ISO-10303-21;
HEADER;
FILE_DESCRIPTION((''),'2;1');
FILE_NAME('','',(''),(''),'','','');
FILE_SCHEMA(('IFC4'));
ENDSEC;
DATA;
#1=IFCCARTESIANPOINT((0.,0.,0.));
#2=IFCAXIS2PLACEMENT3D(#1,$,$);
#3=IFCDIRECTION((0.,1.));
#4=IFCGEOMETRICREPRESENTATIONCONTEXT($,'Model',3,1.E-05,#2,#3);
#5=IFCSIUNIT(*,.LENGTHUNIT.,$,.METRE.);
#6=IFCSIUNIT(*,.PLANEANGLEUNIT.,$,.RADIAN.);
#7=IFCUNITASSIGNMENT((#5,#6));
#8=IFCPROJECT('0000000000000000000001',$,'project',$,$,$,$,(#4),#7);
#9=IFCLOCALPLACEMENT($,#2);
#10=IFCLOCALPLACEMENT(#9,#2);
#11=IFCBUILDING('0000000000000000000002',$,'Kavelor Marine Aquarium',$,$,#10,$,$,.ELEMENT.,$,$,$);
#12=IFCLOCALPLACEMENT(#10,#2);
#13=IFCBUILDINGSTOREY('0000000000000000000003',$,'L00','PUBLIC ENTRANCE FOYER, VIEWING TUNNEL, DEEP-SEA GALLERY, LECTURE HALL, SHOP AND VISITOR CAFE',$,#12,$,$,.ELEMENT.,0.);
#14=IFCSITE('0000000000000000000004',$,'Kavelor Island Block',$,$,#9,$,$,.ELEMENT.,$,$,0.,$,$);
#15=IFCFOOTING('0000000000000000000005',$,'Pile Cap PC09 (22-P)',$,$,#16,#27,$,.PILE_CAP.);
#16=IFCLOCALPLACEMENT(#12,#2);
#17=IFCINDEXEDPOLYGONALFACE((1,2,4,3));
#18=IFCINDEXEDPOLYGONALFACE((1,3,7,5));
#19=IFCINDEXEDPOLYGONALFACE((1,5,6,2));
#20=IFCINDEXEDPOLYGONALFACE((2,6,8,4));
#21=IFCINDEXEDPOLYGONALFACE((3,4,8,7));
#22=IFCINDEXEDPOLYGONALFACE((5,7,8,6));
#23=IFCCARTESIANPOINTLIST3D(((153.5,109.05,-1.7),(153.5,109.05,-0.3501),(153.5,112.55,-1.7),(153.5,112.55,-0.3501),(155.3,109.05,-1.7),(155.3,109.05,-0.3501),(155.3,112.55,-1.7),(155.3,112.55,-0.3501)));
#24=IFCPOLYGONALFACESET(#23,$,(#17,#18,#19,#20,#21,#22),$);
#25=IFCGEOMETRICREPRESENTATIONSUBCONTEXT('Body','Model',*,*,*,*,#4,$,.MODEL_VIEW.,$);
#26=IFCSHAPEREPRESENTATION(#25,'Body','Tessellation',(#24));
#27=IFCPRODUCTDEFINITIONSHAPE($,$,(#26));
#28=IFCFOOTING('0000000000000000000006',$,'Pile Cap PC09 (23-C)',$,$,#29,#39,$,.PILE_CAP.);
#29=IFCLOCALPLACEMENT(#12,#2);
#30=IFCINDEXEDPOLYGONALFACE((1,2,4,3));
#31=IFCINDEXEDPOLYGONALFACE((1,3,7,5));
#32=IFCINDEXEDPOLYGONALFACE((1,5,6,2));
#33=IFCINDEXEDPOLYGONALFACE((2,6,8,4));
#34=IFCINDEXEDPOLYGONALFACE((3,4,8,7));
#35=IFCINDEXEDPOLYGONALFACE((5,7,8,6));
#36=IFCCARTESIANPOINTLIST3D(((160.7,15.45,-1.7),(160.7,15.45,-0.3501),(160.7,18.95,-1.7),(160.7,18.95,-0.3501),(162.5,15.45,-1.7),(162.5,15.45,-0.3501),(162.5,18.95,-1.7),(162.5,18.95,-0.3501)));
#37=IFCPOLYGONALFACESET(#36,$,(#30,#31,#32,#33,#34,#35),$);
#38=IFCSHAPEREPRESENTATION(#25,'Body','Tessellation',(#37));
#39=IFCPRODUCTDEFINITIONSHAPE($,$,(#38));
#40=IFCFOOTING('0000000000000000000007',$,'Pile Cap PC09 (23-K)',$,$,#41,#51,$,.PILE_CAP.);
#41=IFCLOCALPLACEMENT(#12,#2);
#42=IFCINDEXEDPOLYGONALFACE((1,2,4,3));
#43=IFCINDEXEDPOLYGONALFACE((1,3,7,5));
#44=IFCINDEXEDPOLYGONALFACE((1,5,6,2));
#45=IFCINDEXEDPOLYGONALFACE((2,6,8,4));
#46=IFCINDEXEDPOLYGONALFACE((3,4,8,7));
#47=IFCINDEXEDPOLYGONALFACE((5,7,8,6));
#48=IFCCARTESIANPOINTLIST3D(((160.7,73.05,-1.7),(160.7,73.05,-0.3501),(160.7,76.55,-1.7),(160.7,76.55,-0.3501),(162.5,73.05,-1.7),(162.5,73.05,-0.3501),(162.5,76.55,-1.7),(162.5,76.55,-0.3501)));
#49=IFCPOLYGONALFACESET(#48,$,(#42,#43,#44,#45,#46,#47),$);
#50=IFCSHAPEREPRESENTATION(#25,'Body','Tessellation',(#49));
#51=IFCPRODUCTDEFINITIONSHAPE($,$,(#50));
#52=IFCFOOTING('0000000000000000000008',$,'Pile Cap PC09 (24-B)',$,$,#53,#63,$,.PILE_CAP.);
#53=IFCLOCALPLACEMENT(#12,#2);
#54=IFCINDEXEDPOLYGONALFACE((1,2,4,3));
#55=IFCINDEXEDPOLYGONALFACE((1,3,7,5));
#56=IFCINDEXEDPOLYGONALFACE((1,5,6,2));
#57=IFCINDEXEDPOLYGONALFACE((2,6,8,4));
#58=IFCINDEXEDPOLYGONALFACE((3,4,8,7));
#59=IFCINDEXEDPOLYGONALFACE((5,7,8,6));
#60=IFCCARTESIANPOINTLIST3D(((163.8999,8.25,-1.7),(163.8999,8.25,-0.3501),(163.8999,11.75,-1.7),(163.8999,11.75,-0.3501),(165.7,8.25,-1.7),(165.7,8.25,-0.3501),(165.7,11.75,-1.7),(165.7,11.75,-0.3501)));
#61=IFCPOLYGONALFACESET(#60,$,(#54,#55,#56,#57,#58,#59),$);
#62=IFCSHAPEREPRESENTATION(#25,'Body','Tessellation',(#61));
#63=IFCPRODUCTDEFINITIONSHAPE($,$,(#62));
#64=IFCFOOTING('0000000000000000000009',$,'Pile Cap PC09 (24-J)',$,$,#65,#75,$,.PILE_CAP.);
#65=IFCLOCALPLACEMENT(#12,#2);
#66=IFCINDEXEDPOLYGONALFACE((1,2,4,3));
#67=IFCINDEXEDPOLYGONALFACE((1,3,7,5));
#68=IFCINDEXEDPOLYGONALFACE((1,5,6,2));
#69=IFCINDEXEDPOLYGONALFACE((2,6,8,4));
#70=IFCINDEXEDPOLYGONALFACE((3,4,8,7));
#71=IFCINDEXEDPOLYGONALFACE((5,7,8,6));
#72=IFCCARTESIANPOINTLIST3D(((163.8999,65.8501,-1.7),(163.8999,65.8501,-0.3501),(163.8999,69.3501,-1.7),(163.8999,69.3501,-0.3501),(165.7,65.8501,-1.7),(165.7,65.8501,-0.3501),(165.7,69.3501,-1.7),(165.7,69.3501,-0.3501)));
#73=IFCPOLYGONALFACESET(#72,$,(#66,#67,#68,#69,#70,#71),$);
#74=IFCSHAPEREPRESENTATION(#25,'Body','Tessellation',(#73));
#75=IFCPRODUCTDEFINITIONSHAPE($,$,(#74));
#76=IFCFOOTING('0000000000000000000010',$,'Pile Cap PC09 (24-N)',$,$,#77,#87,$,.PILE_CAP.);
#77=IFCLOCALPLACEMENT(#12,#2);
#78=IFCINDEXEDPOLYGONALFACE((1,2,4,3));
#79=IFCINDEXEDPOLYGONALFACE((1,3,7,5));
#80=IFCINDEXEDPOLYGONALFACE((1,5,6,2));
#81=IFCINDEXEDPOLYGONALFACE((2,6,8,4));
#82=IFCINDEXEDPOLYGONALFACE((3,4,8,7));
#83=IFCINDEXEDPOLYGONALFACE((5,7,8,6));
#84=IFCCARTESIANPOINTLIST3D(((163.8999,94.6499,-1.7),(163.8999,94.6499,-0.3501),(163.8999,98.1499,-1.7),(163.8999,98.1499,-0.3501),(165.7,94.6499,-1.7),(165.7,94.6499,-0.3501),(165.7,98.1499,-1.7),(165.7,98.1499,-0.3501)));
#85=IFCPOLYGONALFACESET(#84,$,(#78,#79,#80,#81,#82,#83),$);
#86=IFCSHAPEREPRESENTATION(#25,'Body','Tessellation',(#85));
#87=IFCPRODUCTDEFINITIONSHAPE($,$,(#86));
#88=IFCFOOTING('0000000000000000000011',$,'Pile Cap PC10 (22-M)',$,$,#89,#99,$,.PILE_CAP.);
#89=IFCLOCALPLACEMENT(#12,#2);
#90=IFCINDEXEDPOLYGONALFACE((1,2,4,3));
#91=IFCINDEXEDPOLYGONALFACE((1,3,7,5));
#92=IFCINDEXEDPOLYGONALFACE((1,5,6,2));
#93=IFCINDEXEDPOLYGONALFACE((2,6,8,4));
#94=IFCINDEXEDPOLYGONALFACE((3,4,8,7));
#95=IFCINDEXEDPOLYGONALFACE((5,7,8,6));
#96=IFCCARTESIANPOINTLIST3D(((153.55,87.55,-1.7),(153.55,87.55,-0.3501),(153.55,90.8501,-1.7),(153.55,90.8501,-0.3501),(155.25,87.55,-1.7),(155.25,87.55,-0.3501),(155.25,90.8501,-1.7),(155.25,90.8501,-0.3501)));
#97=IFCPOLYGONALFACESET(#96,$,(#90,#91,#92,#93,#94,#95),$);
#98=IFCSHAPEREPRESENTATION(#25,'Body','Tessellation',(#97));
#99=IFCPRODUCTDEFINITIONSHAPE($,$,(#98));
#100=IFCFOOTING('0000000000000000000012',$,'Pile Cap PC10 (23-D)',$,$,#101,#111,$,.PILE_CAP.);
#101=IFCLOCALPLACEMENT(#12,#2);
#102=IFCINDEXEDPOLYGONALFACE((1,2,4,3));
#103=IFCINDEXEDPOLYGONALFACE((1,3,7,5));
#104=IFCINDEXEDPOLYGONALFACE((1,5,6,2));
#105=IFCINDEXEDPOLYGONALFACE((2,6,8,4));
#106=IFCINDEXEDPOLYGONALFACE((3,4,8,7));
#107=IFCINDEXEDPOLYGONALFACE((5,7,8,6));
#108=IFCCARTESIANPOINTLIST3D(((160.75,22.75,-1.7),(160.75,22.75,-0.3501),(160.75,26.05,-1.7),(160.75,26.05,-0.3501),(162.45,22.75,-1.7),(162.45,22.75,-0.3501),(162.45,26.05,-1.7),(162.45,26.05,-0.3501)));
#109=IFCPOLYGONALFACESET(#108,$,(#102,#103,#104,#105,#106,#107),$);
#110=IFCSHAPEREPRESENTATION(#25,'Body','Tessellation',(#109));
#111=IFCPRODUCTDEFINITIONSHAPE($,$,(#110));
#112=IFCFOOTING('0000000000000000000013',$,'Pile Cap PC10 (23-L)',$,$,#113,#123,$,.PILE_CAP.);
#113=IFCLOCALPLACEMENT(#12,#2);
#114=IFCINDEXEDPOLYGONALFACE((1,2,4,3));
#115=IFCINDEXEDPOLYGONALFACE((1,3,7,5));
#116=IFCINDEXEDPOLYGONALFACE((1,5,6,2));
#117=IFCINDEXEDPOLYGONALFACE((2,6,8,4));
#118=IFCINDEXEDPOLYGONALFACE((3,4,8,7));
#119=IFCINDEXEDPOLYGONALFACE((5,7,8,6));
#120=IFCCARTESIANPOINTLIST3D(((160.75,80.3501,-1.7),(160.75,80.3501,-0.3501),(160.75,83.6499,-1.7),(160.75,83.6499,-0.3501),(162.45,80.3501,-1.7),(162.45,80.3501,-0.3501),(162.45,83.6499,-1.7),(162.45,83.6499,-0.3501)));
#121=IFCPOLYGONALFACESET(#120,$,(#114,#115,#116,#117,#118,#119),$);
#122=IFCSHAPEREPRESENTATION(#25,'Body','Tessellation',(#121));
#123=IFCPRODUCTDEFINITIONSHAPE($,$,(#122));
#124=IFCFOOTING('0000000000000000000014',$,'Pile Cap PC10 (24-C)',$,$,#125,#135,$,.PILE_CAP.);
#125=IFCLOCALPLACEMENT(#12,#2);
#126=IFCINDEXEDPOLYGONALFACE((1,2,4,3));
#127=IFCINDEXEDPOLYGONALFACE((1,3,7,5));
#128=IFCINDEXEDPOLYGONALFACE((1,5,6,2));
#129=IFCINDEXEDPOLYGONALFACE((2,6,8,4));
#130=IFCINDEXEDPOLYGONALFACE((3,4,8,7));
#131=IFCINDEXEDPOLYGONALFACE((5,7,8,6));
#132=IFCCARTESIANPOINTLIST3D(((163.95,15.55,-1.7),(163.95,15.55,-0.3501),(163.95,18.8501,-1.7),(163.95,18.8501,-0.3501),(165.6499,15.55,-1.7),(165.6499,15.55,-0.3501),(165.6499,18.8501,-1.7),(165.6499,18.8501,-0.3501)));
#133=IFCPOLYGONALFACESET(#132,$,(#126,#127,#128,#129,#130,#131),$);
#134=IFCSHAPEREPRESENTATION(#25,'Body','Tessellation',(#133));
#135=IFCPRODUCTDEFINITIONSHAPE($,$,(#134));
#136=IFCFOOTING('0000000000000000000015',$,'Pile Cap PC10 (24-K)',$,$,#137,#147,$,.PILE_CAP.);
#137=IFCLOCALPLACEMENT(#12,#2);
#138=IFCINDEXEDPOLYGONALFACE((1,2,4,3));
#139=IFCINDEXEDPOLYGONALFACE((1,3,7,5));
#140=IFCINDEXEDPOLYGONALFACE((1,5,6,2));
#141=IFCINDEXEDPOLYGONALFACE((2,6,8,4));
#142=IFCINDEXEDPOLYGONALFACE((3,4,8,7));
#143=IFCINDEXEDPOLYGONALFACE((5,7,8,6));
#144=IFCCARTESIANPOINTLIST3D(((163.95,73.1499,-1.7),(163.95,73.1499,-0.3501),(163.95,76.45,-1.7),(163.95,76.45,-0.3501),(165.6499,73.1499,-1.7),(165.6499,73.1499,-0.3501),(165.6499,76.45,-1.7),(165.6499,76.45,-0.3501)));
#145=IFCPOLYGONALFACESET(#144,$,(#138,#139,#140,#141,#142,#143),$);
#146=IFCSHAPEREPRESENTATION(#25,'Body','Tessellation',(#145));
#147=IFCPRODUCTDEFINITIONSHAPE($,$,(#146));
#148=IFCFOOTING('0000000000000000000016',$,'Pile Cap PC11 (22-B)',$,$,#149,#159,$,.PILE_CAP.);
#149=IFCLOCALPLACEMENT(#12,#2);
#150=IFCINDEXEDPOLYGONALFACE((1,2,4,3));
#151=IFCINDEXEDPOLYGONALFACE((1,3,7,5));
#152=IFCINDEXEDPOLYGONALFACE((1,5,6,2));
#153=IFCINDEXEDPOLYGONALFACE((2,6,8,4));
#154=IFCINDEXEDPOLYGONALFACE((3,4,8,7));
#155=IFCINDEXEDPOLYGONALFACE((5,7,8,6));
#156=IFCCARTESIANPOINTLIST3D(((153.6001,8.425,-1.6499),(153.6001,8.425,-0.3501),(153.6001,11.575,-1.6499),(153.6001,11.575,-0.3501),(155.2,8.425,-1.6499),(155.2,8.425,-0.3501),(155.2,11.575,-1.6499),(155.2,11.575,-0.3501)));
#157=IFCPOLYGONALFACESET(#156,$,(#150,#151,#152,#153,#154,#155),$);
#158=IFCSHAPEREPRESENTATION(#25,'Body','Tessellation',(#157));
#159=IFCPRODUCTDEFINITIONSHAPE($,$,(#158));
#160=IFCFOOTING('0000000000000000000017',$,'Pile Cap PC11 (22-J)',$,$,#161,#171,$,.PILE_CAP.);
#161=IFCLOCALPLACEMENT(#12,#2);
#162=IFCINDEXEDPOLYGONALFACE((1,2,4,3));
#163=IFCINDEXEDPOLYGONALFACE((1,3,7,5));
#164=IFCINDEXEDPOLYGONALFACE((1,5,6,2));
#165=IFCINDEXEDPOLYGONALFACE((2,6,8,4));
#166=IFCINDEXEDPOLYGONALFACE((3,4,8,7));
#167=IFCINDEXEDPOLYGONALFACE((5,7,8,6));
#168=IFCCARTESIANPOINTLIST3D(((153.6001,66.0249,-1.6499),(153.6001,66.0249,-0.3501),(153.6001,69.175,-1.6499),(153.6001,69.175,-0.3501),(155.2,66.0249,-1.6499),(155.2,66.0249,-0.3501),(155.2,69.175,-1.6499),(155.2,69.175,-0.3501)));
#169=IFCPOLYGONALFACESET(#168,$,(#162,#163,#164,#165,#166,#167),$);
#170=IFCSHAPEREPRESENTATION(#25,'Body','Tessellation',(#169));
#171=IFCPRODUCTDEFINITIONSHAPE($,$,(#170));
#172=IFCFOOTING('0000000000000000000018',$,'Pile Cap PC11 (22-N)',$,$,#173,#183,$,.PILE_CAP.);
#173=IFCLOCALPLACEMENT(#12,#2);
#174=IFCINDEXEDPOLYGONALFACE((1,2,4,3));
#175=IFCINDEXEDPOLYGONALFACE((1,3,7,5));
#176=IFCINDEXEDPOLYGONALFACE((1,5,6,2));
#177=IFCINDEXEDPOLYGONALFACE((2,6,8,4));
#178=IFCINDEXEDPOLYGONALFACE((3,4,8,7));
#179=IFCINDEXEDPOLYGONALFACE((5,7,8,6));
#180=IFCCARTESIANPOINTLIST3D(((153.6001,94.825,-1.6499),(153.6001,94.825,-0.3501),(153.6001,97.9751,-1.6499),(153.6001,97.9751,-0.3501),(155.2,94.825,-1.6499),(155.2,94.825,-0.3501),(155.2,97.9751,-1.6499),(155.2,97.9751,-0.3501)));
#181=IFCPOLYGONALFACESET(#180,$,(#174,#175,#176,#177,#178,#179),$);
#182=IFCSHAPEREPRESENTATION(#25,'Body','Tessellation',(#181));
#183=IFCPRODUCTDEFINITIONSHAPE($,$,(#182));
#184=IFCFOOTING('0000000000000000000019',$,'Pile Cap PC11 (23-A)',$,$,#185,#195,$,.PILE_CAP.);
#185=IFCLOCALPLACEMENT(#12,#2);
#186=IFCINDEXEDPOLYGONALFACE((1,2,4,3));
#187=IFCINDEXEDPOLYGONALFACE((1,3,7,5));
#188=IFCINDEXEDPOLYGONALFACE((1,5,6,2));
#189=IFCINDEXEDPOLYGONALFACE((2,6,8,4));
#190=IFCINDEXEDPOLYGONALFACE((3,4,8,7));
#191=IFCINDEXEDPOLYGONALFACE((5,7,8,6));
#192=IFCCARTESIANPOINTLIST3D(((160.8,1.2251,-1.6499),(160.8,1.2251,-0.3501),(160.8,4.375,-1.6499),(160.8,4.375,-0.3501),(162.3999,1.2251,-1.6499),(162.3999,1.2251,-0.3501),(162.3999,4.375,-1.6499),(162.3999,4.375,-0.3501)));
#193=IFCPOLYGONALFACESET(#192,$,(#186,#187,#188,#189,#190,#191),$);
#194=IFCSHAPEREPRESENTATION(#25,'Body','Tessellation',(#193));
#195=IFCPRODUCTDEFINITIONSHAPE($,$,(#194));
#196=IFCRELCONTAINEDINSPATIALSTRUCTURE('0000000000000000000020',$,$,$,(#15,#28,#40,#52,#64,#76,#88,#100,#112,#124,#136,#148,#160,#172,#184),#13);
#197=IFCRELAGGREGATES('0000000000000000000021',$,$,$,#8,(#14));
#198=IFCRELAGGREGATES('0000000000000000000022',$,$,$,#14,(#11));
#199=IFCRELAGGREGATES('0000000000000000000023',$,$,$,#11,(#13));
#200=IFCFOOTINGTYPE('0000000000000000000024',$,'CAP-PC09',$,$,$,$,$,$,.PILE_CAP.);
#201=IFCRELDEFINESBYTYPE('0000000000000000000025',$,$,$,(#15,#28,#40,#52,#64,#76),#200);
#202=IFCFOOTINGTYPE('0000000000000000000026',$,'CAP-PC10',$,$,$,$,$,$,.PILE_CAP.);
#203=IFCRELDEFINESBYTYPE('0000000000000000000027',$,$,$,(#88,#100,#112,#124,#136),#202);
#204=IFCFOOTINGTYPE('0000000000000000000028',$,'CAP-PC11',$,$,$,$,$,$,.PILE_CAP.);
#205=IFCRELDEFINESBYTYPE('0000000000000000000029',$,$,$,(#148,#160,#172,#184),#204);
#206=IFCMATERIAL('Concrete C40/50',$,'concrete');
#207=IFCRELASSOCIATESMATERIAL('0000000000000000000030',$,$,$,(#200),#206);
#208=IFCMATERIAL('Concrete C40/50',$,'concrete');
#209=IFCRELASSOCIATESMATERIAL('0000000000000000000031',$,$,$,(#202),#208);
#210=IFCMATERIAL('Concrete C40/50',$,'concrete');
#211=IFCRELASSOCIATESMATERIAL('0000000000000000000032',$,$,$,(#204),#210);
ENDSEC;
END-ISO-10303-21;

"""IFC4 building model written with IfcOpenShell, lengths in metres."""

from ifc_helpers import new_model, si_unit, direction, frame, origin, place, context, subcontext, project, spatial, polyline, outline, extrude, material, type_object, element, save


model = new_model("IFC4")

# Units and contexts
model_context = context("Model", 3, precision=1e-05, world=origin(), true_north=direction((0.0, 1.0)))
body_context = subcontext(model_context, "Body", "Model", "MODEL_VIEW")
ifc_project = project(units=[si_unit("LENGTHUNIT", "METRE"), si_unit("PLANEANGLEUNIT", "RADIAN")], contexts=[model_context])

# Site, building, storey
site_placement = place(None, origin())
site = spatial("IfcSite", under=ifc_project, at=site_placement, Name="Kavelor Island Block", CompositionType="ELEMENT", RefElevation=0.0)
building_placement = place(site_placement, origin())
building = spatial("IfcBuilding", under=site, at=building_placement, Name="Kavelor Marine Aquarium", CompositionType="ELEMENT")
storey_placement = place(building_placement, origin())
storey = spatial("IfcBuildingStorey", under=building, at=storey_placement, Name="L00", Description="PUBLIC ENTRANCE FOYER, VIEWING TUNNEL, DEEP-SEA GALLERY, LECTURE HALL, SHOP AND VISITOR CAFE", CompositionType="ELEMENT", Elevation=0.0)

# Footings
ifc_material_1 = material(Name="Concrete C40/50", Category="concrete")
footing_type_1 = type_object("IfcFootingType", Name="CAP-PC09", PredefinedType="PILE_CAP", material=ifc_material_1)
footing_1_placement = place(storey_placement, frame((0.0, 0.0, -1.7)))
element("IfcFooting", 1, at=footing_1_placement, inside=storey, type_object=footing_type_1, Name="Pile Cap PC09 (22-P)", PredefinedType="PILE_CAP", context=body_context, shape_type="SweptSolid", body=[
    extrude(outline(polyline([(153.5, 109.05), (155.3, 109.05), (155.3, 112.55), (153.5, 112.55), (153.5, 109.05)])), origin(), (0.0, 0.0, 1.0), 1.3499),
])
footing_2_placement = place(storey_placement, frame((0.0, 0.0, -1.7)))
element("IfcFooting", 2, at=footing_2_placement, inside=storey, type_object=footing_type_1, Name="Pile Cap PC09 (23-C)", PredefinedType="PILE_CAP", context=body_context, shape_type="SweptSolid", body=[
    extrude(outline(polyline([(160.7, 15.45), (162.5, 15.45), (162.5, 18.95), (160.7, 18.95), (160.7, 15.45)])), origin(), (0.0, 0.0, 1.0), 1.3499),
])
footing_3_placement = place(storey_placement, frame((0.0, 0.0, -1.7)))
element("IfcFooting", 3, at=footing_3_placement, inside=storey, type_object=footing_type_1, Name="Pile Cap PC09 (23-K)", PredefinedType="PILE_CAP", context=body_context, shape_type="SweptSolid", body=[
    extrude(outline(polyline([(160.7, 73.05), (162.5, 73.05), (162.5, 76.55), (160.7, 76.55), (160.7, 73.05)])), origin(), (0.0, 0.0, 1.0), 1.3499),
])
footing_4_placement = place(storey_placement, frame((0.0, 0.0, -1.7)))
element("IfcFooting", 4, at=footing_4_placement, inside=storey, type_object=footing_type_1, Name="Pile Cap PC09 (24-B)", PredefinedType="PILE_CAP", context=body_context, shape_type="SweptSolid", body=[
    extrude(outline(polyline([(163.8999, 8.25), (165.7, 8.25), (165.7, 11.75), (163.8999, 11.75), (163.8999, 8.25)])), origin(), (0.0, 0.0, 1.0), 1.3499),
])
footing_5_placement = place(storey_placement, frame((0.0, 0.0, -1.7)))
element("IfcFooting", 5, at=footing_5_placement, inside=storey, type_object=footing_type_1, Name="Pile Cap PC09 (24-J)", PredefinedType="PILE_CAP", context=body_context, shape_type="SweptSolid", body=[
    extrude(outline(polyline([(163.8999, 65.8501), (165.7, 65.8501), (165.7, 69.3501), (163.8999, 69.3501), (163.8999, 65.8501)])), origin(), (0.0, 0.0, 1.0), 1.3499),
])
footing_6_placement = place(storey_placement, frame((0.0, 0.0, -1.7)))
element("IfcFooting", 6, at=footing_6_placement, inside=storey, type_object=footing_type_1, Name="Pile Cap PC09 (24-N)", PredefinedType="PILE_CAP", context=body_context, shape_type="SweptSolid", body=[
    extrude(outline(polyline([(163.8999, 94.6499), (165.7, 94.6499), (165.7, 98.1499), (163.8999, 98.1499), (163.8999, 94.6499)])), origin(), (0.0, 0.0, 1.0), 1.3499),
])
ifc_material_2 = material(Name="Concrete C40/50", Category="concrete")
footing_type_2 = type_object("IfcFootingType", Name="CAP-PC10", PredefinedType="PILE_CAP", material=ifc_material_2)
footing_7_placement = place(storey_placement, frame((0.0, 0.0, -1.7)))
element("IfcFooting", 7, at=footing_7_placement, inside=storey, type_object=footing_type_2, Name="Pile Cap PC10 (22-M)", PredefinedType="PILE_CAP", context=body_context, shape_type="SweptSolid", body=[
    extrude(outline(polyline([(153.55, 87.55), (155.25, 87.55), (155.25, 90.8501), (153.55, 90.8501), (153.55, 87.55)])), origin(), (0.0, 0.0, 1.0), 1.3499),
])
footing_8_placement = place(storey_placement, frame((0.0, 0.0, -1.7)))
element("IfcFooting", 8, at=footing_8_placement, inside=storey, type_object=footing_type_2, Name="Pile Cap PC10 (23-D)", PredefinedType="PILE_CAP", context=body_context, shape_type="SweptSolid", body=[
    extrude(outline(polyline([(160.75, 22.75), (162.45, 22.75), (162.45, 26.05), (160.75, 26.05), (160.75, 22.75)])), origin(), (0.0, 0.0, 1.0), 1.3499),
])
footing_9_placement = place(storey_placement, frame((0.0, 0.0, -1.7)))
element("IfcFooting", 9, at=footing_9_placement, inside=storey, type_object=footing_type_2, Name="Pile Cap PC10 (23-L)", PredefinedType="PILE_CAP", context=body_context, shape_type="SweptSolid", body=[
    extrude(outline(polyline([(160.75, 80.3501), (162.45, 80.3501), (162.45, 83.6499), (160.75, 83.6499), (160.75, 80.3501)])), origin(), (0.0, 0.0, 1.0), 1.3499),
])
footing_10_placement = place(storey_placement, frame((0.0, 0.0, -1.7)))
element("IfcFooting", 10, at=footing_10_placement, inside=storey, type_object=footing_type_2, Name="Pile Cap PC10 (24-C)", PredefinedType="PILE_CAP", context=body_context, shape_type="SweptSolid", body=[
    extrude(outline(polyline([(163.95, 15.55), (165.6499, 15.55), (165.6499, 18.8501), (163.95, 18.8501), (163.95, 15.55)])), origin(), (0.0, 0.0, 1.0), 1.3499),
])
footing_11_placement = place(storey_placement, frame((0.0, 0.0, -1.7)))
element("IfcFooting", 11, at=footing_11_placement, inside=storey, type_object=footing_type_2, Name="Pile Cap PC10 (24-K)", PredefinedType="PILE_CAP", context=body_context, shape_type="SweptSolid", body=[
    extrude(outline(polyline([(163.95, 73.1499), (165.6499, 73.1499), (165.6499, 76.45), (163.95, 76.45), (163.95, 73.1499)])), origin(), (0.0, 0.0, 1.0), 1.3499),
])
ifc_material_3 = material(Name="Concrete C40/50", Category="concrete")
footing_type_3 = type_object("IfcFootingType", Name="CAP-PC11", PredefinedType="PILE_CAP", material=ifc_material_3)
footing_12_placement = place(storey_placement, frame((0.0, 0.0, -1.6499)))
element("IfcFooting", 12, at=footing_12_placement, inside=storey, type_object=footing_type_3, Name="Pile Cap PC11 (22-B)", PredefinedType="PILE_CAP", context=body_context, shape_type="SweptSolid", body=[
    extrude(outline(polyline([(153.6001, 8.425), (155.2, 8.425), (155.2, 11.575), (153.6001, 11.575), (153.6001, 8.425)])), origin(), (0.0, 0.0, 1.0), 1.2998),
])
footing_13_placement = place(storey_placement, frame((0.0, 0.0, -1.6499)))
element("IfcFooting", 13, at=footing_13_placement, inside=storey, type_object=footing_type_3, Name="Pile Cap PC11 (22-J)", PredefinedType="PILE_CAP", context=body_context, shape_type="SweptSolid", body=[
    extrude(outline(polyline([(153.6001, 66.0249), (155.2, 66.0249), (155.2, 69.175), (153.6001, 69.175), (153.6001, 66.0249)])), origin(), (0.0, 0.0, 1.0), 1.2998),
])
footing_14_placement = place(storey_placement, frame((0.0, 0.0, -1.6499)))
element("IfcFooting", 14, at=footing_14_placement, inside=storey, type_object=footing_type_3, Name="Pile Cap PC11 (22-N)", PredefinedType="PILE_CAP", context=body_context, shape_type="SweptSolid", body=[
    extrude(outline(polyline([(153.6001, 94.825), (155.2, 94.825), (155.2, 97.9751), (153.6001, 97.9751), (153.6001, 94.825)])), origin(), (0.0, 0.0, 1.0), 1.2998),
])
footing_15_placement = place(storey_placement, frame((0.0, 0.0, -1.6499)))
element("IfcFooting", 15, at=footing_15_placement, inside=storey, type_object=footing_type_3, Name="Pile Cap PC11 (23-A)", PredefinedType="PILE_CAP", context=body_context, shape_type="SweptSolid", body=[
    extrude(outline(polyline([(160.8, 1.2251), (162.3999, 1.2251), (162.3999, 4.375), (160.8, 4.375), (160.8, 1.2251)])), origin(), (0.0, 0.0, 1.0), 1.2998),
])

save(model, "model.ifc")
